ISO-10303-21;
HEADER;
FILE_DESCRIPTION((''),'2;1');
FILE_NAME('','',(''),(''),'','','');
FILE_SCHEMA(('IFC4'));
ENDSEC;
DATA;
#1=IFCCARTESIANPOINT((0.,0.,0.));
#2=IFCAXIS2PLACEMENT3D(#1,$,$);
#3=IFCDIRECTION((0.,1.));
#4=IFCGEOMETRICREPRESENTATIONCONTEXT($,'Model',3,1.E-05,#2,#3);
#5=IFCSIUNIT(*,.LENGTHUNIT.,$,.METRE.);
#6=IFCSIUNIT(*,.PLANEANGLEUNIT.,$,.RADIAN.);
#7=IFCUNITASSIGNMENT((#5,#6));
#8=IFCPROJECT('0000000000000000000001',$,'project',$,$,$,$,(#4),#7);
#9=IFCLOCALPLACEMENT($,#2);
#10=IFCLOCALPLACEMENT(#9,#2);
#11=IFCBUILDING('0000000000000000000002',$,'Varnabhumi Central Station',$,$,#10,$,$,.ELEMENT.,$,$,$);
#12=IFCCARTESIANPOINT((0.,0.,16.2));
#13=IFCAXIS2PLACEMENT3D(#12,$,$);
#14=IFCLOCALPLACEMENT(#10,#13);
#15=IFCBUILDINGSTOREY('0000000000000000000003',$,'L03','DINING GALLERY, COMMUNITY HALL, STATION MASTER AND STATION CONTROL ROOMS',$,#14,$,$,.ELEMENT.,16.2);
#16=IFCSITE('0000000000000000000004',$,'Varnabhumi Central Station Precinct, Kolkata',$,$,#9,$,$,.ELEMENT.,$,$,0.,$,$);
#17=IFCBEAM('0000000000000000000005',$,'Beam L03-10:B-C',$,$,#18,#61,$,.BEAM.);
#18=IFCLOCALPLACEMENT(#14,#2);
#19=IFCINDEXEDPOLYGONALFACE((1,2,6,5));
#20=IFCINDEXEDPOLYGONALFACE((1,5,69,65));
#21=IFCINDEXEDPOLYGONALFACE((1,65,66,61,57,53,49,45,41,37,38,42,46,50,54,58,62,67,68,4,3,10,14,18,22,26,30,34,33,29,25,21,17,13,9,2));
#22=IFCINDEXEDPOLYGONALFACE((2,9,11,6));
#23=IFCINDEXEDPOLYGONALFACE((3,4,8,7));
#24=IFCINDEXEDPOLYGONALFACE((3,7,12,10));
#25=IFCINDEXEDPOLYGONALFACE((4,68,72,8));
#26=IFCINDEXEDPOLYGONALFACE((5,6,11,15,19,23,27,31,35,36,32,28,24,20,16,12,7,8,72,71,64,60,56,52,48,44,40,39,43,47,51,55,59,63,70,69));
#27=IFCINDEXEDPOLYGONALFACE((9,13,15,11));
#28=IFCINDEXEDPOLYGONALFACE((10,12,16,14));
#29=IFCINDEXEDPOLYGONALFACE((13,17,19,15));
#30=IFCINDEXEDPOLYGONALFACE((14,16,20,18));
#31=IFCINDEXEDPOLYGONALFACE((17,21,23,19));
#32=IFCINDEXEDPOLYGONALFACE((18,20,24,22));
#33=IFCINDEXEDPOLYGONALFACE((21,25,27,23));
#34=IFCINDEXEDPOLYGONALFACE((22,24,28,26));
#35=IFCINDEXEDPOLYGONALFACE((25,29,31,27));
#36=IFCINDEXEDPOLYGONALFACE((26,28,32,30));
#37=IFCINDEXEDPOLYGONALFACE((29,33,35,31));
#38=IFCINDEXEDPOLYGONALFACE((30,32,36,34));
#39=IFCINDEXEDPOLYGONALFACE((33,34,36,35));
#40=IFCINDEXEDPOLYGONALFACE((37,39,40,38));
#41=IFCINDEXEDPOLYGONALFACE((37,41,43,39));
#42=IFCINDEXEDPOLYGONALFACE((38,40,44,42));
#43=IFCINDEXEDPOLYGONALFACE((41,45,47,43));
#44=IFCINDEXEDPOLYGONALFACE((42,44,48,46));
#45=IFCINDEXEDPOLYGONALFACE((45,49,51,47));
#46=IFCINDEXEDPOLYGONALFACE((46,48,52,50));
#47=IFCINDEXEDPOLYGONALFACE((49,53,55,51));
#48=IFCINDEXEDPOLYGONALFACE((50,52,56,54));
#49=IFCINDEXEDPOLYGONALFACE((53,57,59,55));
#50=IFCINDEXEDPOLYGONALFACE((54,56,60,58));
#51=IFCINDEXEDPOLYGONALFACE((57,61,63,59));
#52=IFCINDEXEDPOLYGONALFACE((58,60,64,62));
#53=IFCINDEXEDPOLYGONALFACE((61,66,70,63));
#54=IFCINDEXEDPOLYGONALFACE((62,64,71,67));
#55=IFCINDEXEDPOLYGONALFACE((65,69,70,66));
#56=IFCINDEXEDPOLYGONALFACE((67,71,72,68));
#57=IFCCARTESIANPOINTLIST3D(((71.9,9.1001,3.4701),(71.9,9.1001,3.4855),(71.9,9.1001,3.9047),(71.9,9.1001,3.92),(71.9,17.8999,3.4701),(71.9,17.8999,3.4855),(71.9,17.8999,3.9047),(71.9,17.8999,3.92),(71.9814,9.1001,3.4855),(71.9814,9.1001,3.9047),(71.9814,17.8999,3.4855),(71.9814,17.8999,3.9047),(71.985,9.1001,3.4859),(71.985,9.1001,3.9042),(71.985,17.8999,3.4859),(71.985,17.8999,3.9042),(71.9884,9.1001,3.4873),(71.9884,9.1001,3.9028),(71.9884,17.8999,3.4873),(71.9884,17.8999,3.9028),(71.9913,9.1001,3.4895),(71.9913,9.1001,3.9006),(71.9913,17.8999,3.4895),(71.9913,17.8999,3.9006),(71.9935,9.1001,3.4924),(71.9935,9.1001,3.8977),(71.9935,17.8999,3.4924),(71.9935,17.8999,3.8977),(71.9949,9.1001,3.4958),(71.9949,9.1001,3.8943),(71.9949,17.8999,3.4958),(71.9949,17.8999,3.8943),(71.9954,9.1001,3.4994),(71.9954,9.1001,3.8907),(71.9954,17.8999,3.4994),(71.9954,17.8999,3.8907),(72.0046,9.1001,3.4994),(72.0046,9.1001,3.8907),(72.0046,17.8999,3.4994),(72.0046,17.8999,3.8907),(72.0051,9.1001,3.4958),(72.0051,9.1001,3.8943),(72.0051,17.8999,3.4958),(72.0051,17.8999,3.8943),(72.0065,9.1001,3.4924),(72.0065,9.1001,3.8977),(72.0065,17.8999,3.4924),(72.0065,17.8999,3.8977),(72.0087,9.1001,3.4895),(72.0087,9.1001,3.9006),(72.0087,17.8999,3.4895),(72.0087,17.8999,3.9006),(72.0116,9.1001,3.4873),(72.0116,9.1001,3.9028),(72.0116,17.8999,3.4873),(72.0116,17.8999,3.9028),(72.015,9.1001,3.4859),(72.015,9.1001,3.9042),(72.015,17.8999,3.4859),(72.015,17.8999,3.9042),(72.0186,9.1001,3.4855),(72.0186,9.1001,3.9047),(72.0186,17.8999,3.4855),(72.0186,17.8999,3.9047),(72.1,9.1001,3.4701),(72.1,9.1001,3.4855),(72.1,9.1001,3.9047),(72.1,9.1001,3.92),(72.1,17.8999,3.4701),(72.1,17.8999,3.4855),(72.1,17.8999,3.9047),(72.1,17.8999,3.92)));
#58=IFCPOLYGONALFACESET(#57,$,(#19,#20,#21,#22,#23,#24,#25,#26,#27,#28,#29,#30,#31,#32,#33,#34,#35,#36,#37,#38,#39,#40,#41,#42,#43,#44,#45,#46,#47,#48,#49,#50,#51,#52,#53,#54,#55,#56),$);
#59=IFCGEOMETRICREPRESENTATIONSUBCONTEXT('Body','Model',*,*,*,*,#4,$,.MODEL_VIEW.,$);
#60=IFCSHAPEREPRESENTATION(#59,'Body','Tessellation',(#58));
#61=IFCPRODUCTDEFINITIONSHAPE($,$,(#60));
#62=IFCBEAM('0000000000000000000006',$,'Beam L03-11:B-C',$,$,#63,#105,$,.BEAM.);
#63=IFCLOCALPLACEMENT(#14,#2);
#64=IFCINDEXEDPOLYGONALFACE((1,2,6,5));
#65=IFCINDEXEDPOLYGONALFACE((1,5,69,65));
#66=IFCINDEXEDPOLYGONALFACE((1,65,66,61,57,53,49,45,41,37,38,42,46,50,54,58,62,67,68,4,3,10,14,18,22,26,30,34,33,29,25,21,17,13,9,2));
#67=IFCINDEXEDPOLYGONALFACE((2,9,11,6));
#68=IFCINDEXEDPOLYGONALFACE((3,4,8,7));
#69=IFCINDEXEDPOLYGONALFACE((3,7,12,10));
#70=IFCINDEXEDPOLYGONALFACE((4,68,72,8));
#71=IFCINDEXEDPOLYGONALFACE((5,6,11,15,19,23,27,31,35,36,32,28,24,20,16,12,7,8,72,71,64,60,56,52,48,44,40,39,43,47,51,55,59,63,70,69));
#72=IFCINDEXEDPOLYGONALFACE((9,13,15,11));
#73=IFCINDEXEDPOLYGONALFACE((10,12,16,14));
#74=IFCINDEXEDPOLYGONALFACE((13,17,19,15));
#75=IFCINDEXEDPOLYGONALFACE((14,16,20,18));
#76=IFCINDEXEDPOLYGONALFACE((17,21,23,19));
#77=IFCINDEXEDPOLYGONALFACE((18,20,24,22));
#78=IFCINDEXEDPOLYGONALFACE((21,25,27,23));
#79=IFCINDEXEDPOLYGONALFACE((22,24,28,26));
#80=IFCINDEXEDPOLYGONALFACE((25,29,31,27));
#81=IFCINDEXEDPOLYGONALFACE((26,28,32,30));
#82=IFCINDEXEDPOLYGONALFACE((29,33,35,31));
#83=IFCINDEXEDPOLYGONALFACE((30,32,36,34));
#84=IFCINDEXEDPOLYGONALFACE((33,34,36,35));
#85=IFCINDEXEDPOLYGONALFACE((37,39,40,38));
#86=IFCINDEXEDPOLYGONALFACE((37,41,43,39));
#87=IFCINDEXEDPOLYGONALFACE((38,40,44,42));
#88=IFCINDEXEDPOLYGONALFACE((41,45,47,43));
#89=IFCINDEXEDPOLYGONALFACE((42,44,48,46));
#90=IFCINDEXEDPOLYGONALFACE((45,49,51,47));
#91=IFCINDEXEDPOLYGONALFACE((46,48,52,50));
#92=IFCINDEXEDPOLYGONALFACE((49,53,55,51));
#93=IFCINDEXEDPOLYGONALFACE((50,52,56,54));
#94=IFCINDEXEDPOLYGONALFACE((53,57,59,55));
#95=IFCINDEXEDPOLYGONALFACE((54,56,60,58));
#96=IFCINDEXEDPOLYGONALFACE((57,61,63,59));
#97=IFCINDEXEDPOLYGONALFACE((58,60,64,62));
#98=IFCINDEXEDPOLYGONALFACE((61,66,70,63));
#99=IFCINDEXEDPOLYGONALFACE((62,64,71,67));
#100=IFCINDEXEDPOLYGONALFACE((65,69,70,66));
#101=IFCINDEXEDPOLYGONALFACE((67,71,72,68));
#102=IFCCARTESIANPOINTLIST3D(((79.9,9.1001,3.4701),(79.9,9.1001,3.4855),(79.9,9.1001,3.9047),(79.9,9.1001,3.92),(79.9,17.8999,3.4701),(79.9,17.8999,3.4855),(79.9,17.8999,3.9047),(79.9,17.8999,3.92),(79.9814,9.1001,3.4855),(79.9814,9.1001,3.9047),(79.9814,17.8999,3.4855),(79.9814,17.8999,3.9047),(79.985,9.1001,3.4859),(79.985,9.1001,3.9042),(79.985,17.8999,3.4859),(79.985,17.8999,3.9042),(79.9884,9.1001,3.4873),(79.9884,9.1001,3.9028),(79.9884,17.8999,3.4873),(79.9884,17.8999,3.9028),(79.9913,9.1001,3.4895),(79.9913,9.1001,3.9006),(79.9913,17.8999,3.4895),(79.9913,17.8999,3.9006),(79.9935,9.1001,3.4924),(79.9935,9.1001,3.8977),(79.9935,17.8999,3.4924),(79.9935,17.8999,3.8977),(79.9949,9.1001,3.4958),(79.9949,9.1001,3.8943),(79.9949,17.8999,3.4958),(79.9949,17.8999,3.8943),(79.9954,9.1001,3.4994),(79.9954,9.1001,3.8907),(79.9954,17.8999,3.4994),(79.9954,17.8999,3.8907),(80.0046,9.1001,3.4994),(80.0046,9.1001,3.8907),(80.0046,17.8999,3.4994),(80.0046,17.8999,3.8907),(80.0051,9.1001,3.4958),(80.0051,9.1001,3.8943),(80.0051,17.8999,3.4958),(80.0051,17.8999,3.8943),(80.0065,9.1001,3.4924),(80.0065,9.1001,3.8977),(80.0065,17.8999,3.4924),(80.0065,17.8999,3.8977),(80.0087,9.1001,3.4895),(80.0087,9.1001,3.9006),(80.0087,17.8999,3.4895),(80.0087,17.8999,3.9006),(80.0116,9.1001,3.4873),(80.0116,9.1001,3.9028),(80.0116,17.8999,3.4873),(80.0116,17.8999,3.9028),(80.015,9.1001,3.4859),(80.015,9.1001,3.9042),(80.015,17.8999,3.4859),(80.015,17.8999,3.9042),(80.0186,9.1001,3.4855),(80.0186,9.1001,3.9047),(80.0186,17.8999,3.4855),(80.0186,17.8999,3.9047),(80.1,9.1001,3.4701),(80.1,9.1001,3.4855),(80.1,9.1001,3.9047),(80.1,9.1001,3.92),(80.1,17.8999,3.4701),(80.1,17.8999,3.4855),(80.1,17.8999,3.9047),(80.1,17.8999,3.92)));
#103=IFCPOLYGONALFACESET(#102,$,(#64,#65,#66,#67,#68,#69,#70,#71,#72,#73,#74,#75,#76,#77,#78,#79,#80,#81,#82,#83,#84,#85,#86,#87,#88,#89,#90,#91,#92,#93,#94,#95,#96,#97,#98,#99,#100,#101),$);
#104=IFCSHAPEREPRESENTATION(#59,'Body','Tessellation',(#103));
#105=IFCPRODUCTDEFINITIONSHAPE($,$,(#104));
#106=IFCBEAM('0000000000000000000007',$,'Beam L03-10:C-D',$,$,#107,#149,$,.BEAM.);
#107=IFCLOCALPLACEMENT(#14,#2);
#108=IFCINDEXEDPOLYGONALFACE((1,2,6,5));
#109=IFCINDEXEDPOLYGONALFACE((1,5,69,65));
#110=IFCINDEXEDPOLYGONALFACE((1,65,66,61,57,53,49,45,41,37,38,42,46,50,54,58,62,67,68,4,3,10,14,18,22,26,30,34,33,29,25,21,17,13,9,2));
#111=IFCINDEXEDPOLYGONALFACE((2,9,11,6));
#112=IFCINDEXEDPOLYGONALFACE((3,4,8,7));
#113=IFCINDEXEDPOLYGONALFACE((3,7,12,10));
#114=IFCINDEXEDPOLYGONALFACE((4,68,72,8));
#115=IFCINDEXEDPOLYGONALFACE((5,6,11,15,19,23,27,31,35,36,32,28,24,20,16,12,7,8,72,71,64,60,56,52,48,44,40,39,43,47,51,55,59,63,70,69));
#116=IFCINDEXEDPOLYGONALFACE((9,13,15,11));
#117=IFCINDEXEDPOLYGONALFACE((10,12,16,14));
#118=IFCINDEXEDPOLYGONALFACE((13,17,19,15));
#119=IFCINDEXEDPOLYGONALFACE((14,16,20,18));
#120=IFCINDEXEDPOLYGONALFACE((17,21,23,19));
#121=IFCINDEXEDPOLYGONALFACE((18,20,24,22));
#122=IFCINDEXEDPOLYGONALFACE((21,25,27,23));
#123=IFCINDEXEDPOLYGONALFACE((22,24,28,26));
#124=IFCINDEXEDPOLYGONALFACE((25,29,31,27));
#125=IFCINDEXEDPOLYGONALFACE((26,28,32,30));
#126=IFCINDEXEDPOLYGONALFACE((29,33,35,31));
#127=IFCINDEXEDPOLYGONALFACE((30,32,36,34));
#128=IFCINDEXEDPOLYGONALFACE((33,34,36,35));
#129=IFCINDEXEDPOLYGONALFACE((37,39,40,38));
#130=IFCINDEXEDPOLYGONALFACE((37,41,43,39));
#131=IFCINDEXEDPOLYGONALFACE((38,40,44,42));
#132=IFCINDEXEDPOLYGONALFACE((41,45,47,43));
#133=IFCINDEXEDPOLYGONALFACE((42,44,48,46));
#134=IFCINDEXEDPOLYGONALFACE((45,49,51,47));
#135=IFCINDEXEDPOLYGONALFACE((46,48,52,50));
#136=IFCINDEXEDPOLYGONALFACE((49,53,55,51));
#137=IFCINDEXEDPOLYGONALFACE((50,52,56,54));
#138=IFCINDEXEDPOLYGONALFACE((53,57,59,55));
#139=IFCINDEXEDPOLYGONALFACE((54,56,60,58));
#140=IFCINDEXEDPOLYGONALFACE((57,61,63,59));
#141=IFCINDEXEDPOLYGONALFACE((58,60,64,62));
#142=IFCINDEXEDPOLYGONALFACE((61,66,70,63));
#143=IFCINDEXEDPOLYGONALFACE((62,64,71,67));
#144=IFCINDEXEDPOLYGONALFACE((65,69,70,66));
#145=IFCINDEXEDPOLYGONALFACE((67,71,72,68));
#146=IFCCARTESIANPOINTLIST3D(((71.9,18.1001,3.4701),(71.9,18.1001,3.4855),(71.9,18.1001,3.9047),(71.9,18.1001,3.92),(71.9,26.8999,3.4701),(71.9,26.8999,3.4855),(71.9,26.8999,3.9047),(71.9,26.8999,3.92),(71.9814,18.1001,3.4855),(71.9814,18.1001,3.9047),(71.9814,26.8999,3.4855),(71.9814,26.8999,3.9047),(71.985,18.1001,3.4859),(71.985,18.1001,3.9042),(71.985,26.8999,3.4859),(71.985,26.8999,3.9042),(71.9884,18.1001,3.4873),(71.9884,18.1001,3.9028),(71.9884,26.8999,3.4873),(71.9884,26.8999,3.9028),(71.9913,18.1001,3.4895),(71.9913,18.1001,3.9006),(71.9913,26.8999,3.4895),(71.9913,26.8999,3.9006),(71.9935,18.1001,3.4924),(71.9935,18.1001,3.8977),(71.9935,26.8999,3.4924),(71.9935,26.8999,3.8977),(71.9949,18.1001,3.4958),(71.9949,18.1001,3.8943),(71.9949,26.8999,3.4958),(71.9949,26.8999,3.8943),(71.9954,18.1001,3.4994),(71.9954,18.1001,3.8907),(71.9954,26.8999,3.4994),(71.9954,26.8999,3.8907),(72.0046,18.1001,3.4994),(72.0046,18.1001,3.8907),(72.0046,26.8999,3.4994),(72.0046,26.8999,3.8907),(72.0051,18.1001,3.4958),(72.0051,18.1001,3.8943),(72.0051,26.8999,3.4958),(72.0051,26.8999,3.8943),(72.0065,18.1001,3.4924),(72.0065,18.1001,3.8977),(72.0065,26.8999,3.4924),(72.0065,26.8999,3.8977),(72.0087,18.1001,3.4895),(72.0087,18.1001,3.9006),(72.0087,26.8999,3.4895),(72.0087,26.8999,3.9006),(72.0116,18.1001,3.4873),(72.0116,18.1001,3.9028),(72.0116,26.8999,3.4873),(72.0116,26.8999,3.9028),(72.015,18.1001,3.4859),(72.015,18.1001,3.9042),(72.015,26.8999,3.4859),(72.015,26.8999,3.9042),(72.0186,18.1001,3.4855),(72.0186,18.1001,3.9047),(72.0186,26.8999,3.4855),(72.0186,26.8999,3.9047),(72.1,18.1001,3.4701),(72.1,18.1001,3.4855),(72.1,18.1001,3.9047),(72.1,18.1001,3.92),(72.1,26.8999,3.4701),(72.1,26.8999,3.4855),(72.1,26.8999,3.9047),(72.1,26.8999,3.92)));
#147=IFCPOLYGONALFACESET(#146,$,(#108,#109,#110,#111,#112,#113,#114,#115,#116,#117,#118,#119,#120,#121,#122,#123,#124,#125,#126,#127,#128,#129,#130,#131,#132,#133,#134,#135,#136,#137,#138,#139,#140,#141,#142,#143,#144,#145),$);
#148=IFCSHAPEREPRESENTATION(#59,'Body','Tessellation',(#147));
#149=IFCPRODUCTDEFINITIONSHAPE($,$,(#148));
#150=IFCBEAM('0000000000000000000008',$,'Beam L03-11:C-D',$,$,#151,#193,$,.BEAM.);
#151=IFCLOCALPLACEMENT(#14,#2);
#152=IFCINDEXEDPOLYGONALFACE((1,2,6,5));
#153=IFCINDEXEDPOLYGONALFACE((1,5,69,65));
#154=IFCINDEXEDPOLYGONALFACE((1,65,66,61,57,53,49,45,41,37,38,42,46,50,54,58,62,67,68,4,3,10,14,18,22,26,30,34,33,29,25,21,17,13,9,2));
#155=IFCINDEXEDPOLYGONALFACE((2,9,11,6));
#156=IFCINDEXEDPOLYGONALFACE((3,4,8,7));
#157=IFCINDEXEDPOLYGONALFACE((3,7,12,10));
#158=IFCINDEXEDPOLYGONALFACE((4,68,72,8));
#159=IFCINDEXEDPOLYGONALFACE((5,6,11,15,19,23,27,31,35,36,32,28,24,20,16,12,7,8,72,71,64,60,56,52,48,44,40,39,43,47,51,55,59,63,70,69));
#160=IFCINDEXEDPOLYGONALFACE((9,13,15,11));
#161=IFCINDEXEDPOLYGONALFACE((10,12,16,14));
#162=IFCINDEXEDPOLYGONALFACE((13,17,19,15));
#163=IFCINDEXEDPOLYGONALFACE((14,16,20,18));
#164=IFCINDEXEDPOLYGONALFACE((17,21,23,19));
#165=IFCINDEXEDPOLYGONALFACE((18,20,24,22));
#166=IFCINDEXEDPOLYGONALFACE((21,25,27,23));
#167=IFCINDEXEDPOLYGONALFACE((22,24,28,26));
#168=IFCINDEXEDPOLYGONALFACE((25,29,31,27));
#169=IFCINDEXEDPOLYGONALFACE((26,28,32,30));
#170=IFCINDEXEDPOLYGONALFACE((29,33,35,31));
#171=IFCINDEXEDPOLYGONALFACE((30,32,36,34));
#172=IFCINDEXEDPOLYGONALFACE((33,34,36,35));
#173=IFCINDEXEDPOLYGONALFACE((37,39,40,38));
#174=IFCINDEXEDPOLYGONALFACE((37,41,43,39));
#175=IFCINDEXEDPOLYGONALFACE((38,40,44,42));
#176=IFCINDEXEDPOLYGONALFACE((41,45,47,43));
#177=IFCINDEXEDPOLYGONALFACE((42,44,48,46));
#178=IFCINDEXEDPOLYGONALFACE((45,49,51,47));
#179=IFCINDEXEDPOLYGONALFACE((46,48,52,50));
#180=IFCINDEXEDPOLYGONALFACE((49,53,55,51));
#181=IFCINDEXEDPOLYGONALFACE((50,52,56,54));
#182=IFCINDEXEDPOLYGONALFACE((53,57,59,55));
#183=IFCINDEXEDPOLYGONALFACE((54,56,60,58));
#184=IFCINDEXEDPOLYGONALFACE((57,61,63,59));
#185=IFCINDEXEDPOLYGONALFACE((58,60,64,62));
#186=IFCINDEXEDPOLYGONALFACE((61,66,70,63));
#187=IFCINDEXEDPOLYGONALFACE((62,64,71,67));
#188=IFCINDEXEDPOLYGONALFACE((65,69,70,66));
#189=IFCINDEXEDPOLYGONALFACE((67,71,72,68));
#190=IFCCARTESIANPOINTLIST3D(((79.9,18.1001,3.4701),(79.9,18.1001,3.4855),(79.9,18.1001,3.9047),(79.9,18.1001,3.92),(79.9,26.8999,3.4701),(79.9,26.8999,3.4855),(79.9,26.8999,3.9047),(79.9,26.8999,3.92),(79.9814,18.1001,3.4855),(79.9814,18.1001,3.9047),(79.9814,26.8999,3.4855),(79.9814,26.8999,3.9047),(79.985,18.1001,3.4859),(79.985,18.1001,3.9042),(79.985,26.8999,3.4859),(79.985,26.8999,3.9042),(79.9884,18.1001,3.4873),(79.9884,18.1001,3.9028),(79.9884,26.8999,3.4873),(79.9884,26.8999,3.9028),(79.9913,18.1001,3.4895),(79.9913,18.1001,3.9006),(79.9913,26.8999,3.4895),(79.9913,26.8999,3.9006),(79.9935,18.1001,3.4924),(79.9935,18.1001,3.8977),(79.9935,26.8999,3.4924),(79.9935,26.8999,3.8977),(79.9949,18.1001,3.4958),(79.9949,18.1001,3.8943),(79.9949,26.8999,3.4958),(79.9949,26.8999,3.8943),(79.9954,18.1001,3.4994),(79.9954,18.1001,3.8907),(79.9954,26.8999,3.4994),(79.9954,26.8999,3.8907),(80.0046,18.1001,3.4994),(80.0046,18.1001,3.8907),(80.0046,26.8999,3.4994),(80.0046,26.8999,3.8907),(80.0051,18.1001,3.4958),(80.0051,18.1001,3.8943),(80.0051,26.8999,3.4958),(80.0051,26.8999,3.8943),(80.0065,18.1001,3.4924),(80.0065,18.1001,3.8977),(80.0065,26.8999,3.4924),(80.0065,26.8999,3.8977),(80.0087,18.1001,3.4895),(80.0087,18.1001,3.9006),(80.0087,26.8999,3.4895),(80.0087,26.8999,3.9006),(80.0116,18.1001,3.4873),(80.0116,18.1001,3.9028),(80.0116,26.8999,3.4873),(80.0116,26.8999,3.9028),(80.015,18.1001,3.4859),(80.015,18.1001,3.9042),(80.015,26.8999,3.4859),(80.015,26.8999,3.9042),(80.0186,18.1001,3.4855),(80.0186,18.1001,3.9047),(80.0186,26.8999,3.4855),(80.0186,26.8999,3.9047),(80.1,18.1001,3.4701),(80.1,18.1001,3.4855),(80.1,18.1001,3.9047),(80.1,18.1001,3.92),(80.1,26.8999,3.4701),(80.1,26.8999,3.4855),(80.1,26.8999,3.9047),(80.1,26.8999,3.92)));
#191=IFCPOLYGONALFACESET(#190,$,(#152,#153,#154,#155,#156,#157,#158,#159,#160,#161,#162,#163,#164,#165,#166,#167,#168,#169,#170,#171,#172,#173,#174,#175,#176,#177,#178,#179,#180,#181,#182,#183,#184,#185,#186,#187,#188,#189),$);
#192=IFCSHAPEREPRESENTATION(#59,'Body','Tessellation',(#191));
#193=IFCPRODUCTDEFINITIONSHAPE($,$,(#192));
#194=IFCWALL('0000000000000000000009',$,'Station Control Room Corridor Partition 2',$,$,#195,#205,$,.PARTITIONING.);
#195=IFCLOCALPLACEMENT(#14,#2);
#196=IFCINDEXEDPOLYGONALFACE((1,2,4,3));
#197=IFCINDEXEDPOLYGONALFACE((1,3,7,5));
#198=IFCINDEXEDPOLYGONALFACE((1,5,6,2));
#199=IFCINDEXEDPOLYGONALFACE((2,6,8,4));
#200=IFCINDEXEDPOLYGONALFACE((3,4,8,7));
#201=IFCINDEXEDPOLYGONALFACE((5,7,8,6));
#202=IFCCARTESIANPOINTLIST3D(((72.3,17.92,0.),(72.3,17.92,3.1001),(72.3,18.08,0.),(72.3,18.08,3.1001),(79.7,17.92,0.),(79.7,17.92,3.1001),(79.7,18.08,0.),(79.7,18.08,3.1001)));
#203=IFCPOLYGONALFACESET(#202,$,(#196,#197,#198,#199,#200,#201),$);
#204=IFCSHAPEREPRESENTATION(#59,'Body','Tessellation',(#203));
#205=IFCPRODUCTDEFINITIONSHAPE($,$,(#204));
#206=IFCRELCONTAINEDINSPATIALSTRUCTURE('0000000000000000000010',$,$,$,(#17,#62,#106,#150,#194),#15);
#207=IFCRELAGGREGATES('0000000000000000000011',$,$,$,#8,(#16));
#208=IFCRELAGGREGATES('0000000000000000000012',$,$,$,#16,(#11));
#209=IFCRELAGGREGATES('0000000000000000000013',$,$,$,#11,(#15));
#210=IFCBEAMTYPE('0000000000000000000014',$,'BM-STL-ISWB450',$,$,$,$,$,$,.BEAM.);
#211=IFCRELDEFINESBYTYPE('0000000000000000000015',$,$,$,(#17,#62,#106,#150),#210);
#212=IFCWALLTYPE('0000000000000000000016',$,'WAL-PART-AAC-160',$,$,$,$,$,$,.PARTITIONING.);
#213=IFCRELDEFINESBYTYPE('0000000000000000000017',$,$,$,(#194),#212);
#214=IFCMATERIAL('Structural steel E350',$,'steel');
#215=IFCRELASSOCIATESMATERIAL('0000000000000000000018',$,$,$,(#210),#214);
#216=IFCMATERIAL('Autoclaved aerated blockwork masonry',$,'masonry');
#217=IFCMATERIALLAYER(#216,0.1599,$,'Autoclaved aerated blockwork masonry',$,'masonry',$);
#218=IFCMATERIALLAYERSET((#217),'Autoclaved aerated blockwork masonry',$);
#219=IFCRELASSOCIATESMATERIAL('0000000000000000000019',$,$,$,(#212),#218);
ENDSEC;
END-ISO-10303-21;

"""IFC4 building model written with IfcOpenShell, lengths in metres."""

from ifc_helpers import new_model, si_unit, direction, frame, frame_2d, origin, origin_2d, place, context, subcontext, project, spatial, rectangle, i_section, extrude, material, layer, layer_set, material_profile, profile_set, type_object, element, save


model = new_model("IFC4")

# Units and contexts
model_context = context("Model", 3, precision=1e-05, world=origin(), true_north=direction((0.0, 1.0)))
body_context = subcontext(model_context, "Body", "Model", "MODEL_VIEW")
ifc_project = project(units=[si_unit("LENGTHUNIT", "METRE"), si_unit("PLANEANGLEUNIT", "RADIAN")], contexts=[model_context])

# Site, building, storey
site_placement = place(None, origin())
site = spatial("IfcSite", under=ifc_project, at=site_placement, Name="Varnabhumi Central Station Precinct, Kolkata", CompositionType="ELEMENT", RefElevation=0.0)
building_placement = place(site_placement, origin())
building = spatial("IfcBuilding", under=site, at=building_placement, Name="Varnabhumi Central Station", CompositionType="ELEMENT")
storey_placement = place(building_placement, frame((0.0, 0.0, 16.2)))
storey = spatial("IfcBuildingStorey", under=building, at=storey_placement, Name="L03", Description="DINING GALLERY, COMMUNITY HALL, STATION MASTER AND STATION CONTROL ROOMS", CompositionType="ELEMENT", Elevation=16.2)

# Beams
ifc_material_1 = material(Name="Structural steel E350", Category="steel")
ifc_material_profile_1 = material_profile(ifc_material_1, i_section(OverallWidth=0.2, OverallDepth=0.45, WebThickness=0.0093, FlangeThickness=0.0154, FilletRadius=0.0139, at=origin_2d()), Name="Structural steel E350", Category="steel")
ifc_profile_set_1 = profile_set([ifc_material_profile_1], Name="Structural steel E350")
beam_type_1 = type_object("IfcBeamType", Name="BM-STL-ISWB450", PredefinedType="BEAM", material=ifc_profile_set_1)
for number, where, z_axis, x_axis, name in (
    (1, (72.0, 9.1001, 3.6951), (0.0, 1.0, 0.0), (-1.0, 0.0, 0.0), "Beam L03-10:B-C"),
    (2, (80.0, 9.1001, 3.6951), (0.0, 1.0, 0.0), (-1.0, 0.0, 0.0), "Beam L03-11:B-C"),
    (3, (72.0, 18.1001, 3.6951), (0.0, 1.0, 0.0), (-1.0, 0.0, 0.0), "Beam L03-10:C-D"),
    (4, (80.0, 18.1001, 3.6951), (0.0, 1.0, 0.0), (-1.0, 0.0, 0.0), "Beam L03-11:C-D"),
):
    element("IfcBeam", number, at=place(storey_placement, frame(where, z_axis=z_axis, x_axis=x_axis)), inside=storey, type_object=beam_type_1, Name=name, PredefinedType="BEAM", context=body_context, shape_type="SweptSolid", body=[
        extrude(i_section(OverallWidth=0.2, OverallDepth=0.45, WebThickness=0.0093, FlangeThickness=0.0154, FilletRadius=0.0139, at=origin_2d()), origin(), (0.0, 0.0, 1.0), 8.7998),
    ])

# Wall
ifc_material_2 = material(Name="Autoclaved aerated blockwork masonry", Category="masonry")
ifc_layer_1 = layer(ifc_material_2, 0.1599, Name="Autoclaved aerated blockwork masonry", Category="masonry")
ifc_layer_set_1 = layer_set([ifc_layer_1], Name="Autoclaved aerated blockwork masonry")
wall_type_1 = type_object("IfcWallType", Name="WAL-PART-AAC-160", PredefinedType="PARTITIONING", material=ifc_layer_set_1)
wall_1_placement = place(storey_placement, frame((72.3, 18.0, 0.0), z_axis=(0.0, 0.0, 1.0), x_axis=(1.0, 0.0, 0.0)))
element("IfcWall", 5, at=wall_1_placement, inside=storey, type_object=wall_type_1, Name="Station Control Room Corridor Partition 2", PredefinedType="PARTITIONING", context=body_context, shape_type="SweptSolid", body=[
    extrude(rectangle(XDim=7.3999, YDim=0.1599, at=frame_2d((3.7, 0.0))), origin(), (0.0, 0.0, 1.0), 3.1001),
])

save(model, "model.ifc")
